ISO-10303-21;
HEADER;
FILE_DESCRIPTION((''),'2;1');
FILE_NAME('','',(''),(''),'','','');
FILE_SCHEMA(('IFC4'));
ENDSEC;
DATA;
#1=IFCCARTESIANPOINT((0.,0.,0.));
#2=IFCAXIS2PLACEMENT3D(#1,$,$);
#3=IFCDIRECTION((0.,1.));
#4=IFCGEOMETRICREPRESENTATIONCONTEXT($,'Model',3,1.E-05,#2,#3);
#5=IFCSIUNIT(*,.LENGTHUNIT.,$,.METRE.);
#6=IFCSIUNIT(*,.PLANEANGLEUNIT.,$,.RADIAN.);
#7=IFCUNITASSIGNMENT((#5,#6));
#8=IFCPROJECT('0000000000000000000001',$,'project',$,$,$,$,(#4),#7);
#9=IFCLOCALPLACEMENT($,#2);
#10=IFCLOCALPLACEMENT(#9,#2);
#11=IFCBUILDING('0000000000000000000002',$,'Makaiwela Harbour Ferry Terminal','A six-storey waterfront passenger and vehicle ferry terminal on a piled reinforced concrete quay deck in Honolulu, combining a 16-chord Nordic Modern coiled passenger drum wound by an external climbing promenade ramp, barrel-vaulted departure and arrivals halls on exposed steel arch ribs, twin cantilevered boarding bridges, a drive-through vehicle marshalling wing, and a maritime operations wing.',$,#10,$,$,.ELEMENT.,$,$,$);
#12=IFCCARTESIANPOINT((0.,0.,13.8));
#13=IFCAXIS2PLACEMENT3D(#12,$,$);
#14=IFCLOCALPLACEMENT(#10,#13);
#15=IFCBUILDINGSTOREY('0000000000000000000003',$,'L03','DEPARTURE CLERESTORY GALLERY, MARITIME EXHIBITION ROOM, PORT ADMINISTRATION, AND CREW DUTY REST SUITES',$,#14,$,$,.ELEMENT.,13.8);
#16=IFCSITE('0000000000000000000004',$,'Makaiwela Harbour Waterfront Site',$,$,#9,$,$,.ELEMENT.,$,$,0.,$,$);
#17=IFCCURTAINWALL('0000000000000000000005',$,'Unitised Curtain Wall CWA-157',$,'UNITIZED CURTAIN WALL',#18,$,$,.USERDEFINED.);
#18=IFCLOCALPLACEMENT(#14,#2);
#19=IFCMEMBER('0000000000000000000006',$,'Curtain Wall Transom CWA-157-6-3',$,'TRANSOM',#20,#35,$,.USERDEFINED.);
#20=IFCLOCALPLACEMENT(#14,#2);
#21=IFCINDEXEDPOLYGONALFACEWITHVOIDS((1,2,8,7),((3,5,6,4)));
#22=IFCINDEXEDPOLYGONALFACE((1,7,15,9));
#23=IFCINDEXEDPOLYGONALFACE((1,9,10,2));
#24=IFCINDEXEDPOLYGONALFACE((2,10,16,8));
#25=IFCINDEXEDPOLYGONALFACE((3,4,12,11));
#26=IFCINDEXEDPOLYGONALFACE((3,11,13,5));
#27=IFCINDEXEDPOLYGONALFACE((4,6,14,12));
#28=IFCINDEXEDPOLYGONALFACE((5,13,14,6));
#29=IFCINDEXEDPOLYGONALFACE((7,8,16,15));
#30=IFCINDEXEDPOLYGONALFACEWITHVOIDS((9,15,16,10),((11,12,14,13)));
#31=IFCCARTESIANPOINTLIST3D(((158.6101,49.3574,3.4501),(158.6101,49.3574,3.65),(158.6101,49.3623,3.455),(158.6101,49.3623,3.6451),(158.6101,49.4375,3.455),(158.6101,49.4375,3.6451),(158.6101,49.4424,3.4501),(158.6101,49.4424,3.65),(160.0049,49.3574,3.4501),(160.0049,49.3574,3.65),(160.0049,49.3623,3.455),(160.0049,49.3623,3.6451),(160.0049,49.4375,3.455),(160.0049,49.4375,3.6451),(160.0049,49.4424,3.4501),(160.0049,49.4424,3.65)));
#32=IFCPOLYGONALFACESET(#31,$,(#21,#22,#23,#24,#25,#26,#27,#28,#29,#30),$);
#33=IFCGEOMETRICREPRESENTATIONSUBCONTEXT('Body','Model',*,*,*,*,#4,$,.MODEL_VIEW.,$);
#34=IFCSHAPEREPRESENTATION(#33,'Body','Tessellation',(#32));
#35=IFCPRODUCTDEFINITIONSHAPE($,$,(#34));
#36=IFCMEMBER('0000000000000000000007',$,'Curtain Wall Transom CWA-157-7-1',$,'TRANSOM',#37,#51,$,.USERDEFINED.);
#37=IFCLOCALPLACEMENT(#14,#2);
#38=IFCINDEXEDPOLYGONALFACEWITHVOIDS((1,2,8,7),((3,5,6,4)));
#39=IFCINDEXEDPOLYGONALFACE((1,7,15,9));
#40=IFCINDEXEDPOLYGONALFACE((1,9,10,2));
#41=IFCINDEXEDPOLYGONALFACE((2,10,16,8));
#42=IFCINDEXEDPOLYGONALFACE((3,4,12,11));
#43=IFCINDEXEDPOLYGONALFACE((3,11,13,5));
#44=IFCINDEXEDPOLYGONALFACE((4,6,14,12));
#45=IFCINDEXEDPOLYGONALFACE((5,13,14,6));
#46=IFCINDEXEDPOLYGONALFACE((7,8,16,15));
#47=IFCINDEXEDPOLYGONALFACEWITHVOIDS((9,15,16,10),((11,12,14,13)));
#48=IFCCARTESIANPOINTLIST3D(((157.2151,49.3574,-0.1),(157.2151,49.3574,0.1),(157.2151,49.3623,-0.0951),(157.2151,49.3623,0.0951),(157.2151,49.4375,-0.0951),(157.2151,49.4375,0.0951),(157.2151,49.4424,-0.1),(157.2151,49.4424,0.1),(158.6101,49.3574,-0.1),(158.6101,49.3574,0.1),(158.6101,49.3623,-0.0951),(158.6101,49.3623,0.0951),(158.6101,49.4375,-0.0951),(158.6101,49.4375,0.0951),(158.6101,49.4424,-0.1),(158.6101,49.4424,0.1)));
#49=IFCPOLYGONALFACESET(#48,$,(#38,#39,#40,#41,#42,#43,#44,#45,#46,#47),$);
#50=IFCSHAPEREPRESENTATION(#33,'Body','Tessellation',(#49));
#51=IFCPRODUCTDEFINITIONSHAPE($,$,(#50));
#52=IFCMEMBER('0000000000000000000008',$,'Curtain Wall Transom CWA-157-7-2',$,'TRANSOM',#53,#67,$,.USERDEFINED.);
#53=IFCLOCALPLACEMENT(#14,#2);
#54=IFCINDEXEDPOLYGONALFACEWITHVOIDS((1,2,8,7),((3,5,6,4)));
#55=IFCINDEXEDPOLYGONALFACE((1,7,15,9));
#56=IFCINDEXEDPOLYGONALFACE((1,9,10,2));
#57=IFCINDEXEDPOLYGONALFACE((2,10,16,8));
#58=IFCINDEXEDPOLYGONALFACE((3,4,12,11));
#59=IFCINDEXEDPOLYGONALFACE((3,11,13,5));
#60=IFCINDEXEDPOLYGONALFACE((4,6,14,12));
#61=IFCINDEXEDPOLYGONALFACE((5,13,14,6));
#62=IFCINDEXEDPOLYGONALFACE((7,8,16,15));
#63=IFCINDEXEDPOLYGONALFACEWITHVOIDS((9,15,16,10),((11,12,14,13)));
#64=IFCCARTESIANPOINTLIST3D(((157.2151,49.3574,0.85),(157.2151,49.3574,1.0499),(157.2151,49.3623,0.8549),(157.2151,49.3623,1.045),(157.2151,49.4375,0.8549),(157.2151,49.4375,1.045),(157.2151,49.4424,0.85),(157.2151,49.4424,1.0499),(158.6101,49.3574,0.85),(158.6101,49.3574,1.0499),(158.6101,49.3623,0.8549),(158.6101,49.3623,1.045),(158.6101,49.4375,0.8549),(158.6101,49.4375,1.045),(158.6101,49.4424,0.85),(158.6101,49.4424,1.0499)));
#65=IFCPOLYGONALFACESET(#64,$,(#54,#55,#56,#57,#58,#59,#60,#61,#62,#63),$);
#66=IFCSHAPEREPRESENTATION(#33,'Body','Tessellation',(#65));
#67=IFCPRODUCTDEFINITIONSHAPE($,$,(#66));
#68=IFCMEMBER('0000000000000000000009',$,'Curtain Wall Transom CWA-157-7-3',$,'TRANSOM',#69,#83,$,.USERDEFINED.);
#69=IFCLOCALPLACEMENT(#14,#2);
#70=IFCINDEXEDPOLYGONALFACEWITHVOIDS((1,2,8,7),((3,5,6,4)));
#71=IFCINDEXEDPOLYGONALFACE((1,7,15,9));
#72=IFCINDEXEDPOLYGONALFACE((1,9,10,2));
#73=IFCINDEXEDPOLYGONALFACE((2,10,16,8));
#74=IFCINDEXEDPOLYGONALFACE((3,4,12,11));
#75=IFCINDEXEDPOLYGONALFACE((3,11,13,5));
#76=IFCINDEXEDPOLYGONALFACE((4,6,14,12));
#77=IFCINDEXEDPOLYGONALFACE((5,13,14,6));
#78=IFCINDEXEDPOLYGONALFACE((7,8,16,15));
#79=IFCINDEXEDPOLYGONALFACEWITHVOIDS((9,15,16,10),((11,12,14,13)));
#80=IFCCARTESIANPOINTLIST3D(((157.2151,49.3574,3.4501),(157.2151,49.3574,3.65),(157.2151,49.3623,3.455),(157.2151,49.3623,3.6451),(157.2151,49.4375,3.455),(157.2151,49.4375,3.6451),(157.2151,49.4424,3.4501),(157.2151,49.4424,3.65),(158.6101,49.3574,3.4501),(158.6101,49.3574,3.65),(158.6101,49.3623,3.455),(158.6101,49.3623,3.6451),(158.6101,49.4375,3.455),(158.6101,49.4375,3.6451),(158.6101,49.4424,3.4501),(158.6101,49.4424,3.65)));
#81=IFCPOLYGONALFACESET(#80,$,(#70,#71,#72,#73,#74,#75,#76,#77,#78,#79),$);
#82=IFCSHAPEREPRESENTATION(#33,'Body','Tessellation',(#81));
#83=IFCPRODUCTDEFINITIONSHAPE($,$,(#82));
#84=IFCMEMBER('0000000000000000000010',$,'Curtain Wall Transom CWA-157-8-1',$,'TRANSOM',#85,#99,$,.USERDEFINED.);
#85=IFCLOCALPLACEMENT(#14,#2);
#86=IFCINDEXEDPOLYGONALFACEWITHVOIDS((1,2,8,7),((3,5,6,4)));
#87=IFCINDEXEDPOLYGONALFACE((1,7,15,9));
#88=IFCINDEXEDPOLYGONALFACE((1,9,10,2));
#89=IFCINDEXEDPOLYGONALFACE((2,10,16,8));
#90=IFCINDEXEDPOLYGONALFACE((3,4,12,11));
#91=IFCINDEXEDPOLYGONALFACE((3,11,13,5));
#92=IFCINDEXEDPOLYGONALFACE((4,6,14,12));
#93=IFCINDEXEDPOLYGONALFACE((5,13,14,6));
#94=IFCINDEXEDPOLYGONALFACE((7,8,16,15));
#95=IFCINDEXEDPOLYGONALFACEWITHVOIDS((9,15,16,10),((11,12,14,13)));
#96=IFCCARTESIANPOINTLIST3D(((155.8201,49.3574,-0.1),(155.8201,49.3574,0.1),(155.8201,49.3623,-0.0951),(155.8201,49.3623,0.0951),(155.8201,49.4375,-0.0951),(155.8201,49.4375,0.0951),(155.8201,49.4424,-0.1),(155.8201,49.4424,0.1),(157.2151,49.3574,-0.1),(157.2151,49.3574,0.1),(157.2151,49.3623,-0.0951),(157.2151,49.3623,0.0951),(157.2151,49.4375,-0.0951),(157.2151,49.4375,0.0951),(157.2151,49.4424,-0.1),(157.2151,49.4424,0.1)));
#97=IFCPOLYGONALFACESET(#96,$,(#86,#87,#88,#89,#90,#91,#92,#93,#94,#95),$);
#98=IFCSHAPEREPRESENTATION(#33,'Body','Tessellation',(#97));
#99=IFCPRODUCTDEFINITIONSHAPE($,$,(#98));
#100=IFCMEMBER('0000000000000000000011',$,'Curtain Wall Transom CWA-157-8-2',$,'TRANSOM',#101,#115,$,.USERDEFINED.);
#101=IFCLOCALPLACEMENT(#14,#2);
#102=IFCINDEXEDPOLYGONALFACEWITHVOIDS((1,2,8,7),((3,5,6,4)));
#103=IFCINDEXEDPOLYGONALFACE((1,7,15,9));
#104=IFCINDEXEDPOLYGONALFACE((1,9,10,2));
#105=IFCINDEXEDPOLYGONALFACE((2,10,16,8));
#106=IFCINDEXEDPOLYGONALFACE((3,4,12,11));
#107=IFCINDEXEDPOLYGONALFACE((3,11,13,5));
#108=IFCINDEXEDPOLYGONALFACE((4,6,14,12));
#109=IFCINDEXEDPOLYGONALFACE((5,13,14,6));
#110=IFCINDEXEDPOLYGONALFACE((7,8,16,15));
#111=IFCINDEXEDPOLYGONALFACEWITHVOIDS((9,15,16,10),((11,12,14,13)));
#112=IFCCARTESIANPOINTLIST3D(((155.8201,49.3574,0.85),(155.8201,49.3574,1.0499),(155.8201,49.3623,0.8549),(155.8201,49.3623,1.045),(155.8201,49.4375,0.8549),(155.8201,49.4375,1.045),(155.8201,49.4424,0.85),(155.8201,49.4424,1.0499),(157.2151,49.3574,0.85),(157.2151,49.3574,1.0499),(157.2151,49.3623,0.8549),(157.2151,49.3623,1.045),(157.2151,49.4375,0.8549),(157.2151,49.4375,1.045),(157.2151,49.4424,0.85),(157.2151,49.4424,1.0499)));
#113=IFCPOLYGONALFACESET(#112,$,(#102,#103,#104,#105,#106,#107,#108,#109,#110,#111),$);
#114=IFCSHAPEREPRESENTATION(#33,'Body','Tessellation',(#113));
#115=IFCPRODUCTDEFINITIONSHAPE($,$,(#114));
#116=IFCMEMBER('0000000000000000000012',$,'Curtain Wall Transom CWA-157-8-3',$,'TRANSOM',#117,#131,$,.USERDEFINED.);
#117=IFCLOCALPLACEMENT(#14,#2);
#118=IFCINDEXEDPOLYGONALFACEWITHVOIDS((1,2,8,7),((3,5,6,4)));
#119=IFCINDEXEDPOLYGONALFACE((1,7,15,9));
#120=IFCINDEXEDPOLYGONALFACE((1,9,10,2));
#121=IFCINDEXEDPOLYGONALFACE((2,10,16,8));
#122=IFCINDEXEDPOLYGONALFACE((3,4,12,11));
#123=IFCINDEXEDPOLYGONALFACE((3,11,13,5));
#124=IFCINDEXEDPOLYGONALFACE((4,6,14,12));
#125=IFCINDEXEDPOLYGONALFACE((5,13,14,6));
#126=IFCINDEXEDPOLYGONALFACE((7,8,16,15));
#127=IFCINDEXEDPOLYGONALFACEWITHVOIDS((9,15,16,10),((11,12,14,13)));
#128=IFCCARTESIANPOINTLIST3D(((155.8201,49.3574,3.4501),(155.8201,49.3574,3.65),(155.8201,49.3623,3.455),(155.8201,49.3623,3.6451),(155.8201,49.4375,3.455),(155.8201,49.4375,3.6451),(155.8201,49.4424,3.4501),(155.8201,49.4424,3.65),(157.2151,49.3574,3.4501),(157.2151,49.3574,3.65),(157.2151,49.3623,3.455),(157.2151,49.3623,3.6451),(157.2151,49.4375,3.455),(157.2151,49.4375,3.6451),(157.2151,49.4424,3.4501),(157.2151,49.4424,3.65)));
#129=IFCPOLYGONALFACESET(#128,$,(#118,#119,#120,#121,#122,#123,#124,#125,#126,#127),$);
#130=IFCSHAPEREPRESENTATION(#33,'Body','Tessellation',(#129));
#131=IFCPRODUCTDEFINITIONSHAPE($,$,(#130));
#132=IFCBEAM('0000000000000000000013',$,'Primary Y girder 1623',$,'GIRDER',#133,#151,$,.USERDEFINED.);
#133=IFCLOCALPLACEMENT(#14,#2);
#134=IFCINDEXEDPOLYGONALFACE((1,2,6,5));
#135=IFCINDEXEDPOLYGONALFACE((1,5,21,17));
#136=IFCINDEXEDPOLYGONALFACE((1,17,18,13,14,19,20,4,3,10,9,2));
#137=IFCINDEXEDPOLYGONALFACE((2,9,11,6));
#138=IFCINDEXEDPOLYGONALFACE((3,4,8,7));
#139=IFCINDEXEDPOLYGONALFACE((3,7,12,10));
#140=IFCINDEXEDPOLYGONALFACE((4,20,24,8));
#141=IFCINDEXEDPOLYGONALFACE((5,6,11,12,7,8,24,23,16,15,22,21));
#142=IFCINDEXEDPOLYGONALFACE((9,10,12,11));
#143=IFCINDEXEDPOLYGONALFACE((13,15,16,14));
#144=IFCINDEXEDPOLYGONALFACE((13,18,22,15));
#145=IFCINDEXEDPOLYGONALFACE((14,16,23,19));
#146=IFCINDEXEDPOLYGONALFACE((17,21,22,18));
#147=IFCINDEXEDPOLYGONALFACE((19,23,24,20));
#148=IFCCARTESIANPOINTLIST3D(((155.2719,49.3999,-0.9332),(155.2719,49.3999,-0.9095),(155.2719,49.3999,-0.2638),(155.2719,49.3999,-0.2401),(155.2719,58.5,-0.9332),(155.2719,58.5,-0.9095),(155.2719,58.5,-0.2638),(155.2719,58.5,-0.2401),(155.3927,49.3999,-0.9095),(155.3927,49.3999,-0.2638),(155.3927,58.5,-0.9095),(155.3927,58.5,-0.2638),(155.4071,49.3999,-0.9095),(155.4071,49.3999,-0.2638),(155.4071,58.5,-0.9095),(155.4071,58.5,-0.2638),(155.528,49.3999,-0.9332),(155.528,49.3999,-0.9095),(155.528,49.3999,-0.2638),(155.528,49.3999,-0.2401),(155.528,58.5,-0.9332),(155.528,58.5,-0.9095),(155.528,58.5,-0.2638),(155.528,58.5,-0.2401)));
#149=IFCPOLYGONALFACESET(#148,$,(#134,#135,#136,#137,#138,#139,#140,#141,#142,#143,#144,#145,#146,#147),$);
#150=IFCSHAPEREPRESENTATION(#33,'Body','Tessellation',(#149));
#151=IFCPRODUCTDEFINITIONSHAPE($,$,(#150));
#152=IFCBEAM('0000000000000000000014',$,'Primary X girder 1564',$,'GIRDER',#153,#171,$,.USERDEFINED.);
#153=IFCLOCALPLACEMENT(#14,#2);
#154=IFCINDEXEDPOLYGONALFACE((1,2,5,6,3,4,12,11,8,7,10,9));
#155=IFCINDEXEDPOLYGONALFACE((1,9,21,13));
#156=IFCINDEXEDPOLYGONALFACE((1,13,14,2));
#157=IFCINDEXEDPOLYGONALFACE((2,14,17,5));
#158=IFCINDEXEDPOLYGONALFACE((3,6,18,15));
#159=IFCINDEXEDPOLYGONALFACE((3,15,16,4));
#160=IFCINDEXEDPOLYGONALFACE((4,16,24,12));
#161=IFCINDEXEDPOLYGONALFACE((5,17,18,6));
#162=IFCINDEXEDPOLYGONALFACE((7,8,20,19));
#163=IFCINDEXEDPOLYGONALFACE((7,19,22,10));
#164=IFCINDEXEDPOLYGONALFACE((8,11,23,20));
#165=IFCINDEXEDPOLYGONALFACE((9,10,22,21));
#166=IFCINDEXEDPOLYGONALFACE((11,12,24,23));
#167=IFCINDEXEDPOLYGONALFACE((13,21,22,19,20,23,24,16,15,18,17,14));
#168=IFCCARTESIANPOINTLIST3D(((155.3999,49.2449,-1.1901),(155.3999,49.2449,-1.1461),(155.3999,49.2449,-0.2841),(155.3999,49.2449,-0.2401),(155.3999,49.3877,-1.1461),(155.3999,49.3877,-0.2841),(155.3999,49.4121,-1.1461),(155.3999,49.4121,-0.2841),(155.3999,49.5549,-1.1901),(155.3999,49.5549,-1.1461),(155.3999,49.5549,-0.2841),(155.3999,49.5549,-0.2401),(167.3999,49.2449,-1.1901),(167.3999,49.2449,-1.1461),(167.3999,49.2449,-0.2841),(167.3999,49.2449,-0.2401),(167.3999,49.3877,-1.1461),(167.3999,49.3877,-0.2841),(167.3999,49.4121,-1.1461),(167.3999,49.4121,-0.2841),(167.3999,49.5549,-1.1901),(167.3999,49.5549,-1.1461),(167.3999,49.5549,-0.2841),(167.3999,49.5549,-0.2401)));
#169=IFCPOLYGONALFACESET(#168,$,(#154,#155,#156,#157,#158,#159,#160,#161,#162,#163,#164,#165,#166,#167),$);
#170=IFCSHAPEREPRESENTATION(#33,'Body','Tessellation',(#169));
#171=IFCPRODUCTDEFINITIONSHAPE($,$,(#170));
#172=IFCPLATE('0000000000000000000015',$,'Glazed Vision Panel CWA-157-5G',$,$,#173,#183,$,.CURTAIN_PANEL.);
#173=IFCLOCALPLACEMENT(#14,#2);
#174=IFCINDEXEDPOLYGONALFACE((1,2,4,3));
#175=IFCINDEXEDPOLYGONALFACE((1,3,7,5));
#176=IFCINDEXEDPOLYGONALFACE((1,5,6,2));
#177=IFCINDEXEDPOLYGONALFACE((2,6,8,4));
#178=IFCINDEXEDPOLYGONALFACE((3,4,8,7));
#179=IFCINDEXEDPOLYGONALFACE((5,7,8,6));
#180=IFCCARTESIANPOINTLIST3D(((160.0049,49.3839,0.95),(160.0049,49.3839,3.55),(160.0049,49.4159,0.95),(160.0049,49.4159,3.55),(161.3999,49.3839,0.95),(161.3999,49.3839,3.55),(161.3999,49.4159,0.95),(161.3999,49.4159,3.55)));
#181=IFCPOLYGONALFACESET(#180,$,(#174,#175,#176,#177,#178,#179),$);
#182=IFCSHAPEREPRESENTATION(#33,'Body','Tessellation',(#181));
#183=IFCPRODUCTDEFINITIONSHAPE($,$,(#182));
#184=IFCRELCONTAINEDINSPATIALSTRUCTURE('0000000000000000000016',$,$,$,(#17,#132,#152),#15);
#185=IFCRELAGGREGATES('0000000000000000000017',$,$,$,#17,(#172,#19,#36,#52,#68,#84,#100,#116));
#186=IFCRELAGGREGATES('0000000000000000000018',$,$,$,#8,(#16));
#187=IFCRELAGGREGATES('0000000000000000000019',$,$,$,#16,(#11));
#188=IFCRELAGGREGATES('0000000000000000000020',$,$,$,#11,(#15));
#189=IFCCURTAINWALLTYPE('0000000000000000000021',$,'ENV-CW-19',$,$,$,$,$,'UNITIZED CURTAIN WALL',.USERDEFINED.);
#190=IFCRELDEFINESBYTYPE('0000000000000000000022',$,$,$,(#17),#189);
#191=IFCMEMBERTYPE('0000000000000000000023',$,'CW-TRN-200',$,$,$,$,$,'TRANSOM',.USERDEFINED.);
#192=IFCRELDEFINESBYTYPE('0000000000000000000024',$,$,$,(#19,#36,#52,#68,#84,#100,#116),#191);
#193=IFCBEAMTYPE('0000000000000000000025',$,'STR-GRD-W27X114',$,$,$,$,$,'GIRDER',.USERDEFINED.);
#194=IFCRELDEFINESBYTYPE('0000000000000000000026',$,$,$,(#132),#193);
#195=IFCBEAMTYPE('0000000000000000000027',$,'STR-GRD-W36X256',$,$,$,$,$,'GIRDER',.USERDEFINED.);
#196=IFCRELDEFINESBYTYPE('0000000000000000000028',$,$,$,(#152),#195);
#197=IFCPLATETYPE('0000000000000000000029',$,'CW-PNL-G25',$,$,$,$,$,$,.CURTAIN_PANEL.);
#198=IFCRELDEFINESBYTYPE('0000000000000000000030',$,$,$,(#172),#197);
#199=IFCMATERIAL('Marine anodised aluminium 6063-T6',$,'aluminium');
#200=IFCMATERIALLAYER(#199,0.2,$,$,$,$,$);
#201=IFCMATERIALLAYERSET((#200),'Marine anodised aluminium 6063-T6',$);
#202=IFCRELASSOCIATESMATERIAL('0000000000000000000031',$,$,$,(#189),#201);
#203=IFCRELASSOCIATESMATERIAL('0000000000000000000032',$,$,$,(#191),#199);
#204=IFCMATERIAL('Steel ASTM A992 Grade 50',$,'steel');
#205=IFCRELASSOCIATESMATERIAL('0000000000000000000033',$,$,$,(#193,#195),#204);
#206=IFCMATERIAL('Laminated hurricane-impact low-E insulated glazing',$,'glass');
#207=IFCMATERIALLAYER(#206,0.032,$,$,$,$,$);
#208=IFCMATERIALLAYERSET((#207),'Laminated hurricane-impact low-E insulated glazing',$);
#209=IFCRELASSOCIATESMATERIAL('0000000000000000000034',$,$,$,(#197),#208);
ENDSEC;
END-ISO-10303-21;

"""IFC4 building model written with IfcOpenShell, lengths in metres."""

from ifc_helpers import new_model, si_unit, direction, frame, origin, origin_2d, place, context, subcontext, project, spatial, rectangle, hollow_rectangle, i_section, extrude, material, layer, layer_set, material_profile, profile_set, type_object, element, aggregate, save


model = new_model("IFC4")

# Units and contexts
model_context = context("Model", 3, precision=1e-05, world=origin(), true_north=direction((0.0, 1.0)))
body_context = subcontext(model_context, "Body", "Model", "MODEL_VIEW")
ifc_project = project(units=[si_unit("LENGTHUNIT", "METRE"), si_unit("PLANEANGLEUNIT", "RADIAN")], contexts=[model_context])

# Site, building, storey
site_placement = place(None, origin())
site = spatial("IfcSite", under=ifc_project, at=site_placement, Name="Makaiwela Harbour Waterfront Site", CompositionType="ELEMENT", RefElevation=0.0)
building_placement = place(site_placement, origin())
building = spatial("IfcBuilding", under=site, at=building_placement, Name="Makaiwela Harbour Ferry Terminal", Description="A six-storey waterfront passenger and vehicle ferry terminal on a piled reinforced concrete quay deck in Honolulu, combining a 16-chord Nordic Modern coiled passenger drum wound by an external climbing promenade ramp, barrel-vaulted departure and arrivals halls on exposed steel arch ribs, twin cantilevered boarding bridges, a drive-through vehicle marshalling wing, and a maritime operations wing.", CompositionType="ELEMENT")
storey_placement = place(building_placement, frame((0.0, 0.0, 13.8)))
storey = spatial("IfcBuildingStorey", under=building, at=storey_placement, Name="L03", Description="DEPARTURE CLERESTORY GALLERY, MARITIME EXHIBITION ROOM, PORT ADMINISTRATION, AND CREW DUTY REST SUITES", CompositionType="ELEMENT", Elevation=13.8)

# Shared definitions
ifc_material_1 = material(Name="Steel ASTM A992 Grade 50", Category="steel")

# Curtain wall
ifc_material_2 = material(Name="Marine anodised aluminium 6063-T6", Category="aluminium")
ifc_layer_1 = layer(ifc_material_2, 0.2)
ifc_layer_set_1 = layer_set([ifc_layer_1], Name="Marine anodised aluminium 6063-T6")
curtain_wall_type_1 = type_object("IfcCurtainWallType", Name="ENV-CW-19", ElementType="UNITIZED CURTAIN WALL", PredefinedType="USERDEFINED", material=ifc_layer_set_1)
curtain_wall_1_placement = place(storey_placement, origin())
curtain_wall_1 = element("IfcCurtainWall", 1, at=curtain_wall_1_placement, inside=storey, type_object=curtain_wall_type_1, Name="Unitised Curtain Wall CWA-157", ObjectType="UNITIZED CURTAIN WALL", PredefinedType="USERDEFINED")

# Shared definitions
ifc_material_profile_1 = material_profile(ifc_material_2, hollow_rectangle(XDim=0.085, YDim=0.2, WallThickness=0.0049, at=origin_2d()), Name="CWT-200X85")
ifc_profile_set_1 = profile_set([ifc_material_profile_1], Name="Marine anodised aluminium 6063-T6")
member_type_1 = type_object("IfcMemberType", Name="CW-TRN-200", ElementType="TRANSOM", PredefinedType="USERDEFINED", material=ifc_profile_set_1)

# Members
member_1_placement = place(storey_placement, frame((160.0049, 49.3999, 3.55), z_axis=(-1.0, 0.0, 0.0), x_axis=(0.0, -1.0, 0.0)))
member_1 = element("IfcMember", 2, at=member_1_placement, type_object=member_type_1, Name="Curtain Wall Transom CWA-157-6-3", ObjectType="TRANSOM", PredefinedType="USERDEFINED", context=body_context, shape_type="SweptSolid", body=[
    extrude(hollow_rectangle(XDim=0.085, YDim=0.2, WallThickness=0.0049, at=origin_2d()), origin(), (0.0, 0.0, 1.0), 1.3948),
])
member_2_placement = place(storey_placement, frame((158.6101, 49.3999, 0.0), z_axis=(-1.0, 0.0, 0.0), x_axis=(0.0, -1.0, 0.0)))
member_2 = element("IfcMember", 3, at=member_2_placement, type_object=member_type_1, Name="Curtain Wall Transom CWA-157-7-1", ObjectType="TRANSOM", PredefinedType="USERDEFINED", context=body_context, shape_type="SweptSolid", body=[
    extrude(hollow_rectangle(XDim=0.085, YDim=0.2, WallThickness=0.0049, at=origin_2d()), origin(), (0.0, 0.0, 1.0), 1.395),
])
member_3_placement = place(storey_placement, frame((158.6101, 49.3999, 0.95), z_axis=(-1.0, 0.0, 0.0), x_axis=(0.0, -1.0, 0.0)))
member_3 = element("IfcMember", 4, at=member_3_placement, type_object=member_type_1, Name="Curtain Wall Transom CWA-157-7-2", ObjectType="TRANSOM", PredefinedType="USERDEFINED", context=body_context, shape_type="SweptSolid", body=[
    extrude(hollow_rectangle(XDim=0.085, YDim=0.2, WallThickness=0.0049, at=origin_2d()), origin(), (0.0, 0.0, 1.0), 1.395),
])
member_4_placement = place(storey_placement, frame((158.6101, 49.3999, 3.55), z_axis=(-1.0, 0.0, 0.0), x_axis=(0.0, -1.0, 0.0)))
member_4 = element("IfcMember", 5, at=member_4_placement, type_object=member_type_1, Name="Curtain Wall Transom CWA-157-7-3", ObjectType="TRANSOM", PredefinedType="USERDEFINED", context=body_context, shape_type="SweptSolid", body=[
    extrude(hollow_rectangle(XDim=0.085, YDim=0.2, WallThickness=0.0049, at=origin_2d()), origin(), (0.0, 0.0, 1.0), 1.395),
])
member_5_placement = place(storey_placement, frame((157.2151, 49.3999, 0.0), z_axis=(-1.0, 0.0, 0.0), x_axis=(0.0, -1.0, 0.0)))
member_5 = element("IfcMember", 6, at=member_5_placement, type_object=member_type_1, Name="Curtain Wall Transom CWA-157-8-1", ObjectType="TRANSOM", PredefinedType="USERDEFINED", context=body_context, shape_type="SweptSolid", body=[
    extrude(hollow_rectangle(XDim=0.085, YDim=0.2, WallThickness=0.0049, at=origin_2d()), origin(), (0.0, 0.0, 1.0), 1.395),
])
member_6_placement = place(storey_placement, frame((157.2151, 49.3999, 0.95), z_axis=(-1.0, 0.0, 0.0), x_axis=(0.0, -1.0, 0.0)))
member_6 = element("IfcMember", 7, at=member_6_placement, type_object=member_type_1, Name="Curtain Wall Transom CWA-157-8-2", ObjectType="TRANSOM", PredefinedType="USERDEFINED", context=body_context, shape_type="SweptSolid", body=[
    extrude(hollow_rectangle(XDim=0.085, YDim=0.2, WallThickness=0.0049, at=origin_2d()), origin(), (0.0, 0.0, 1.0), 1.395),
])
member_7_placement = place(storey_placement, frame((157.2151, 49.3999, 3.55), z_axis=(-1.0, 0.0, 0.0), x_axis=(0.0, -1.0, 0.0)))
member_7 = element("IfcMember", 8, at=member_7_placement, type_object=member_type_1, Name="Curtain Wall Transom CWA-157-8-3", ObjectType="TRANSOM", PredefinedType="USERDEFINED", context=body_context, shape_type="SweptSolid", body=[
    extrude(hollow_rectangle(XDim=0.085, YDim=0.2, WallThickness=0.0049, at=origin_2d()), origin(), (0.0, 0.0, 1.0), 1.395),
])

# Beams
ifc_material_profile_2 = material_profile(ifc_material_1, i_section(OverallWidth=0.2561, OverallDepth=0.6931, WebThickness=0.0144, FlangeThickness=0.0237, at=origin_2d()), Name="W27X114")
ifc_profile_set_2 = profile_set([ifc_material_profile_2], Name="Steel ASTM A992 Grade 50")
beam_type_1 = type_object("IfcBeamType", Name="STR-GRD-W27X114", ElementType="GIRDER", PredefinedType="USERDEFINED", material=ifc_profile_set_2)
beam_1_placement = place(storey_placement, frame((155.3999, 49.3999, -0.5867), z_axis=(0.0, 1.0, 0.0), x_axis=(-1.0, 0.0, 0.0)))
element("IfcBeam", 9, at=beam_1_placement, inside=storey, type_object=beam_type_1, Name="Primary Y girder 1623", ObjectType="GIRDER", PredefinedType="USERDEFINED", context=body_context, shape_type="SweptSolid", body=[
    extrude(i_section(OverallWidth=0.2561, OverallDepth=0.6931, WebThickness=0.0144, FlangeThickness=0.0237, at=origin_2d()), origin(), (0.0, 0.0, 1.0), 9.1001),
])
ifc_material_profile_3 = material_profile(ifc_material_1, i_section(OverallWidth=0.3101, OverallDepth=0.95, WebThickness=0.0244, FlangeThickness=0.0439, at=origin_2d()), Name="W36X256")
ifc_profile_set_3 = profile_set([ifc_material_profile_3], Name="Steel ASTM A992 Grade 50")
beam_type_2 = type_object("IfcBeamType", Name="STR-GRD-W36X256", ElementType="GIRDER", PredefinedType="USERDEFINED", material=ifc_profile_set_3)
beam_2_placement = place(storey_placement, frame((155.3999, 49.3999, -0.7151), z_axis=(1.0, 0.0, 0.0), x_axis=(0.0, 1.0, 0.0)))
element("IfcBeam", 10, at=beam_2_placement, inside=storey, type_object=beam_type_2, Name="Primary X girder 1564", ObjectType="GIRDER", PredefinedType="USERDEFINED", context=body_context, shape_type="SweptSolid", body=[
    extrude(i_section(OverallWidth=0.3101, OverallDepth=0.95, WebThickness=0.0244, FlangeThickness=0.0439, at=origin_2d()), origin(), (0.0, 0.0, 1.0), 12.0),
])

# Plate
ifc_material_3 = material(Name="Laminated hurricane-impact low-E insulated glazing", Category="glass")
ifc_layer_2 = layer(ifc_material_3, 0.032)
ifc_layer_set_2 = layer_set([ifc_layer_2], Name="Laminated hurricane-impact low-E insulated glazing")
plate_type_1 = type_object("IfcPlateType", Name="CW-PNL-G25", PredefinedType="CURTAIN_PANEL", material=ifc_layer_set_2)
plate_1_placement = place(storey_placement, frame((160.7024, 49.3999, 0.95), z_axis=(0.0, 0.0, 1.0), x_axis=(-1.0, 0.0, 0.0)))
plate_1 = element("IfcPlate", 11, at=plate_1_placement, type_object=plate_type_1, Name="Glazed Vision Panel CWA-157-5G", PredefinedType="CURTAIN_PANEL", context=body_context, shape_type="SweptSolid", body=[
    extrude(rectangle(XDim=1.395, YDim=0.032, at=origin_2d()), origin(), (0.0, 0.0, 1.0), 2.6001),
])
aggregate(curtain_wall_1, [plate_1, member_1, member_2, member_3, member_4, member_5, member_6, member_7])

save(model, "model.ifc")
